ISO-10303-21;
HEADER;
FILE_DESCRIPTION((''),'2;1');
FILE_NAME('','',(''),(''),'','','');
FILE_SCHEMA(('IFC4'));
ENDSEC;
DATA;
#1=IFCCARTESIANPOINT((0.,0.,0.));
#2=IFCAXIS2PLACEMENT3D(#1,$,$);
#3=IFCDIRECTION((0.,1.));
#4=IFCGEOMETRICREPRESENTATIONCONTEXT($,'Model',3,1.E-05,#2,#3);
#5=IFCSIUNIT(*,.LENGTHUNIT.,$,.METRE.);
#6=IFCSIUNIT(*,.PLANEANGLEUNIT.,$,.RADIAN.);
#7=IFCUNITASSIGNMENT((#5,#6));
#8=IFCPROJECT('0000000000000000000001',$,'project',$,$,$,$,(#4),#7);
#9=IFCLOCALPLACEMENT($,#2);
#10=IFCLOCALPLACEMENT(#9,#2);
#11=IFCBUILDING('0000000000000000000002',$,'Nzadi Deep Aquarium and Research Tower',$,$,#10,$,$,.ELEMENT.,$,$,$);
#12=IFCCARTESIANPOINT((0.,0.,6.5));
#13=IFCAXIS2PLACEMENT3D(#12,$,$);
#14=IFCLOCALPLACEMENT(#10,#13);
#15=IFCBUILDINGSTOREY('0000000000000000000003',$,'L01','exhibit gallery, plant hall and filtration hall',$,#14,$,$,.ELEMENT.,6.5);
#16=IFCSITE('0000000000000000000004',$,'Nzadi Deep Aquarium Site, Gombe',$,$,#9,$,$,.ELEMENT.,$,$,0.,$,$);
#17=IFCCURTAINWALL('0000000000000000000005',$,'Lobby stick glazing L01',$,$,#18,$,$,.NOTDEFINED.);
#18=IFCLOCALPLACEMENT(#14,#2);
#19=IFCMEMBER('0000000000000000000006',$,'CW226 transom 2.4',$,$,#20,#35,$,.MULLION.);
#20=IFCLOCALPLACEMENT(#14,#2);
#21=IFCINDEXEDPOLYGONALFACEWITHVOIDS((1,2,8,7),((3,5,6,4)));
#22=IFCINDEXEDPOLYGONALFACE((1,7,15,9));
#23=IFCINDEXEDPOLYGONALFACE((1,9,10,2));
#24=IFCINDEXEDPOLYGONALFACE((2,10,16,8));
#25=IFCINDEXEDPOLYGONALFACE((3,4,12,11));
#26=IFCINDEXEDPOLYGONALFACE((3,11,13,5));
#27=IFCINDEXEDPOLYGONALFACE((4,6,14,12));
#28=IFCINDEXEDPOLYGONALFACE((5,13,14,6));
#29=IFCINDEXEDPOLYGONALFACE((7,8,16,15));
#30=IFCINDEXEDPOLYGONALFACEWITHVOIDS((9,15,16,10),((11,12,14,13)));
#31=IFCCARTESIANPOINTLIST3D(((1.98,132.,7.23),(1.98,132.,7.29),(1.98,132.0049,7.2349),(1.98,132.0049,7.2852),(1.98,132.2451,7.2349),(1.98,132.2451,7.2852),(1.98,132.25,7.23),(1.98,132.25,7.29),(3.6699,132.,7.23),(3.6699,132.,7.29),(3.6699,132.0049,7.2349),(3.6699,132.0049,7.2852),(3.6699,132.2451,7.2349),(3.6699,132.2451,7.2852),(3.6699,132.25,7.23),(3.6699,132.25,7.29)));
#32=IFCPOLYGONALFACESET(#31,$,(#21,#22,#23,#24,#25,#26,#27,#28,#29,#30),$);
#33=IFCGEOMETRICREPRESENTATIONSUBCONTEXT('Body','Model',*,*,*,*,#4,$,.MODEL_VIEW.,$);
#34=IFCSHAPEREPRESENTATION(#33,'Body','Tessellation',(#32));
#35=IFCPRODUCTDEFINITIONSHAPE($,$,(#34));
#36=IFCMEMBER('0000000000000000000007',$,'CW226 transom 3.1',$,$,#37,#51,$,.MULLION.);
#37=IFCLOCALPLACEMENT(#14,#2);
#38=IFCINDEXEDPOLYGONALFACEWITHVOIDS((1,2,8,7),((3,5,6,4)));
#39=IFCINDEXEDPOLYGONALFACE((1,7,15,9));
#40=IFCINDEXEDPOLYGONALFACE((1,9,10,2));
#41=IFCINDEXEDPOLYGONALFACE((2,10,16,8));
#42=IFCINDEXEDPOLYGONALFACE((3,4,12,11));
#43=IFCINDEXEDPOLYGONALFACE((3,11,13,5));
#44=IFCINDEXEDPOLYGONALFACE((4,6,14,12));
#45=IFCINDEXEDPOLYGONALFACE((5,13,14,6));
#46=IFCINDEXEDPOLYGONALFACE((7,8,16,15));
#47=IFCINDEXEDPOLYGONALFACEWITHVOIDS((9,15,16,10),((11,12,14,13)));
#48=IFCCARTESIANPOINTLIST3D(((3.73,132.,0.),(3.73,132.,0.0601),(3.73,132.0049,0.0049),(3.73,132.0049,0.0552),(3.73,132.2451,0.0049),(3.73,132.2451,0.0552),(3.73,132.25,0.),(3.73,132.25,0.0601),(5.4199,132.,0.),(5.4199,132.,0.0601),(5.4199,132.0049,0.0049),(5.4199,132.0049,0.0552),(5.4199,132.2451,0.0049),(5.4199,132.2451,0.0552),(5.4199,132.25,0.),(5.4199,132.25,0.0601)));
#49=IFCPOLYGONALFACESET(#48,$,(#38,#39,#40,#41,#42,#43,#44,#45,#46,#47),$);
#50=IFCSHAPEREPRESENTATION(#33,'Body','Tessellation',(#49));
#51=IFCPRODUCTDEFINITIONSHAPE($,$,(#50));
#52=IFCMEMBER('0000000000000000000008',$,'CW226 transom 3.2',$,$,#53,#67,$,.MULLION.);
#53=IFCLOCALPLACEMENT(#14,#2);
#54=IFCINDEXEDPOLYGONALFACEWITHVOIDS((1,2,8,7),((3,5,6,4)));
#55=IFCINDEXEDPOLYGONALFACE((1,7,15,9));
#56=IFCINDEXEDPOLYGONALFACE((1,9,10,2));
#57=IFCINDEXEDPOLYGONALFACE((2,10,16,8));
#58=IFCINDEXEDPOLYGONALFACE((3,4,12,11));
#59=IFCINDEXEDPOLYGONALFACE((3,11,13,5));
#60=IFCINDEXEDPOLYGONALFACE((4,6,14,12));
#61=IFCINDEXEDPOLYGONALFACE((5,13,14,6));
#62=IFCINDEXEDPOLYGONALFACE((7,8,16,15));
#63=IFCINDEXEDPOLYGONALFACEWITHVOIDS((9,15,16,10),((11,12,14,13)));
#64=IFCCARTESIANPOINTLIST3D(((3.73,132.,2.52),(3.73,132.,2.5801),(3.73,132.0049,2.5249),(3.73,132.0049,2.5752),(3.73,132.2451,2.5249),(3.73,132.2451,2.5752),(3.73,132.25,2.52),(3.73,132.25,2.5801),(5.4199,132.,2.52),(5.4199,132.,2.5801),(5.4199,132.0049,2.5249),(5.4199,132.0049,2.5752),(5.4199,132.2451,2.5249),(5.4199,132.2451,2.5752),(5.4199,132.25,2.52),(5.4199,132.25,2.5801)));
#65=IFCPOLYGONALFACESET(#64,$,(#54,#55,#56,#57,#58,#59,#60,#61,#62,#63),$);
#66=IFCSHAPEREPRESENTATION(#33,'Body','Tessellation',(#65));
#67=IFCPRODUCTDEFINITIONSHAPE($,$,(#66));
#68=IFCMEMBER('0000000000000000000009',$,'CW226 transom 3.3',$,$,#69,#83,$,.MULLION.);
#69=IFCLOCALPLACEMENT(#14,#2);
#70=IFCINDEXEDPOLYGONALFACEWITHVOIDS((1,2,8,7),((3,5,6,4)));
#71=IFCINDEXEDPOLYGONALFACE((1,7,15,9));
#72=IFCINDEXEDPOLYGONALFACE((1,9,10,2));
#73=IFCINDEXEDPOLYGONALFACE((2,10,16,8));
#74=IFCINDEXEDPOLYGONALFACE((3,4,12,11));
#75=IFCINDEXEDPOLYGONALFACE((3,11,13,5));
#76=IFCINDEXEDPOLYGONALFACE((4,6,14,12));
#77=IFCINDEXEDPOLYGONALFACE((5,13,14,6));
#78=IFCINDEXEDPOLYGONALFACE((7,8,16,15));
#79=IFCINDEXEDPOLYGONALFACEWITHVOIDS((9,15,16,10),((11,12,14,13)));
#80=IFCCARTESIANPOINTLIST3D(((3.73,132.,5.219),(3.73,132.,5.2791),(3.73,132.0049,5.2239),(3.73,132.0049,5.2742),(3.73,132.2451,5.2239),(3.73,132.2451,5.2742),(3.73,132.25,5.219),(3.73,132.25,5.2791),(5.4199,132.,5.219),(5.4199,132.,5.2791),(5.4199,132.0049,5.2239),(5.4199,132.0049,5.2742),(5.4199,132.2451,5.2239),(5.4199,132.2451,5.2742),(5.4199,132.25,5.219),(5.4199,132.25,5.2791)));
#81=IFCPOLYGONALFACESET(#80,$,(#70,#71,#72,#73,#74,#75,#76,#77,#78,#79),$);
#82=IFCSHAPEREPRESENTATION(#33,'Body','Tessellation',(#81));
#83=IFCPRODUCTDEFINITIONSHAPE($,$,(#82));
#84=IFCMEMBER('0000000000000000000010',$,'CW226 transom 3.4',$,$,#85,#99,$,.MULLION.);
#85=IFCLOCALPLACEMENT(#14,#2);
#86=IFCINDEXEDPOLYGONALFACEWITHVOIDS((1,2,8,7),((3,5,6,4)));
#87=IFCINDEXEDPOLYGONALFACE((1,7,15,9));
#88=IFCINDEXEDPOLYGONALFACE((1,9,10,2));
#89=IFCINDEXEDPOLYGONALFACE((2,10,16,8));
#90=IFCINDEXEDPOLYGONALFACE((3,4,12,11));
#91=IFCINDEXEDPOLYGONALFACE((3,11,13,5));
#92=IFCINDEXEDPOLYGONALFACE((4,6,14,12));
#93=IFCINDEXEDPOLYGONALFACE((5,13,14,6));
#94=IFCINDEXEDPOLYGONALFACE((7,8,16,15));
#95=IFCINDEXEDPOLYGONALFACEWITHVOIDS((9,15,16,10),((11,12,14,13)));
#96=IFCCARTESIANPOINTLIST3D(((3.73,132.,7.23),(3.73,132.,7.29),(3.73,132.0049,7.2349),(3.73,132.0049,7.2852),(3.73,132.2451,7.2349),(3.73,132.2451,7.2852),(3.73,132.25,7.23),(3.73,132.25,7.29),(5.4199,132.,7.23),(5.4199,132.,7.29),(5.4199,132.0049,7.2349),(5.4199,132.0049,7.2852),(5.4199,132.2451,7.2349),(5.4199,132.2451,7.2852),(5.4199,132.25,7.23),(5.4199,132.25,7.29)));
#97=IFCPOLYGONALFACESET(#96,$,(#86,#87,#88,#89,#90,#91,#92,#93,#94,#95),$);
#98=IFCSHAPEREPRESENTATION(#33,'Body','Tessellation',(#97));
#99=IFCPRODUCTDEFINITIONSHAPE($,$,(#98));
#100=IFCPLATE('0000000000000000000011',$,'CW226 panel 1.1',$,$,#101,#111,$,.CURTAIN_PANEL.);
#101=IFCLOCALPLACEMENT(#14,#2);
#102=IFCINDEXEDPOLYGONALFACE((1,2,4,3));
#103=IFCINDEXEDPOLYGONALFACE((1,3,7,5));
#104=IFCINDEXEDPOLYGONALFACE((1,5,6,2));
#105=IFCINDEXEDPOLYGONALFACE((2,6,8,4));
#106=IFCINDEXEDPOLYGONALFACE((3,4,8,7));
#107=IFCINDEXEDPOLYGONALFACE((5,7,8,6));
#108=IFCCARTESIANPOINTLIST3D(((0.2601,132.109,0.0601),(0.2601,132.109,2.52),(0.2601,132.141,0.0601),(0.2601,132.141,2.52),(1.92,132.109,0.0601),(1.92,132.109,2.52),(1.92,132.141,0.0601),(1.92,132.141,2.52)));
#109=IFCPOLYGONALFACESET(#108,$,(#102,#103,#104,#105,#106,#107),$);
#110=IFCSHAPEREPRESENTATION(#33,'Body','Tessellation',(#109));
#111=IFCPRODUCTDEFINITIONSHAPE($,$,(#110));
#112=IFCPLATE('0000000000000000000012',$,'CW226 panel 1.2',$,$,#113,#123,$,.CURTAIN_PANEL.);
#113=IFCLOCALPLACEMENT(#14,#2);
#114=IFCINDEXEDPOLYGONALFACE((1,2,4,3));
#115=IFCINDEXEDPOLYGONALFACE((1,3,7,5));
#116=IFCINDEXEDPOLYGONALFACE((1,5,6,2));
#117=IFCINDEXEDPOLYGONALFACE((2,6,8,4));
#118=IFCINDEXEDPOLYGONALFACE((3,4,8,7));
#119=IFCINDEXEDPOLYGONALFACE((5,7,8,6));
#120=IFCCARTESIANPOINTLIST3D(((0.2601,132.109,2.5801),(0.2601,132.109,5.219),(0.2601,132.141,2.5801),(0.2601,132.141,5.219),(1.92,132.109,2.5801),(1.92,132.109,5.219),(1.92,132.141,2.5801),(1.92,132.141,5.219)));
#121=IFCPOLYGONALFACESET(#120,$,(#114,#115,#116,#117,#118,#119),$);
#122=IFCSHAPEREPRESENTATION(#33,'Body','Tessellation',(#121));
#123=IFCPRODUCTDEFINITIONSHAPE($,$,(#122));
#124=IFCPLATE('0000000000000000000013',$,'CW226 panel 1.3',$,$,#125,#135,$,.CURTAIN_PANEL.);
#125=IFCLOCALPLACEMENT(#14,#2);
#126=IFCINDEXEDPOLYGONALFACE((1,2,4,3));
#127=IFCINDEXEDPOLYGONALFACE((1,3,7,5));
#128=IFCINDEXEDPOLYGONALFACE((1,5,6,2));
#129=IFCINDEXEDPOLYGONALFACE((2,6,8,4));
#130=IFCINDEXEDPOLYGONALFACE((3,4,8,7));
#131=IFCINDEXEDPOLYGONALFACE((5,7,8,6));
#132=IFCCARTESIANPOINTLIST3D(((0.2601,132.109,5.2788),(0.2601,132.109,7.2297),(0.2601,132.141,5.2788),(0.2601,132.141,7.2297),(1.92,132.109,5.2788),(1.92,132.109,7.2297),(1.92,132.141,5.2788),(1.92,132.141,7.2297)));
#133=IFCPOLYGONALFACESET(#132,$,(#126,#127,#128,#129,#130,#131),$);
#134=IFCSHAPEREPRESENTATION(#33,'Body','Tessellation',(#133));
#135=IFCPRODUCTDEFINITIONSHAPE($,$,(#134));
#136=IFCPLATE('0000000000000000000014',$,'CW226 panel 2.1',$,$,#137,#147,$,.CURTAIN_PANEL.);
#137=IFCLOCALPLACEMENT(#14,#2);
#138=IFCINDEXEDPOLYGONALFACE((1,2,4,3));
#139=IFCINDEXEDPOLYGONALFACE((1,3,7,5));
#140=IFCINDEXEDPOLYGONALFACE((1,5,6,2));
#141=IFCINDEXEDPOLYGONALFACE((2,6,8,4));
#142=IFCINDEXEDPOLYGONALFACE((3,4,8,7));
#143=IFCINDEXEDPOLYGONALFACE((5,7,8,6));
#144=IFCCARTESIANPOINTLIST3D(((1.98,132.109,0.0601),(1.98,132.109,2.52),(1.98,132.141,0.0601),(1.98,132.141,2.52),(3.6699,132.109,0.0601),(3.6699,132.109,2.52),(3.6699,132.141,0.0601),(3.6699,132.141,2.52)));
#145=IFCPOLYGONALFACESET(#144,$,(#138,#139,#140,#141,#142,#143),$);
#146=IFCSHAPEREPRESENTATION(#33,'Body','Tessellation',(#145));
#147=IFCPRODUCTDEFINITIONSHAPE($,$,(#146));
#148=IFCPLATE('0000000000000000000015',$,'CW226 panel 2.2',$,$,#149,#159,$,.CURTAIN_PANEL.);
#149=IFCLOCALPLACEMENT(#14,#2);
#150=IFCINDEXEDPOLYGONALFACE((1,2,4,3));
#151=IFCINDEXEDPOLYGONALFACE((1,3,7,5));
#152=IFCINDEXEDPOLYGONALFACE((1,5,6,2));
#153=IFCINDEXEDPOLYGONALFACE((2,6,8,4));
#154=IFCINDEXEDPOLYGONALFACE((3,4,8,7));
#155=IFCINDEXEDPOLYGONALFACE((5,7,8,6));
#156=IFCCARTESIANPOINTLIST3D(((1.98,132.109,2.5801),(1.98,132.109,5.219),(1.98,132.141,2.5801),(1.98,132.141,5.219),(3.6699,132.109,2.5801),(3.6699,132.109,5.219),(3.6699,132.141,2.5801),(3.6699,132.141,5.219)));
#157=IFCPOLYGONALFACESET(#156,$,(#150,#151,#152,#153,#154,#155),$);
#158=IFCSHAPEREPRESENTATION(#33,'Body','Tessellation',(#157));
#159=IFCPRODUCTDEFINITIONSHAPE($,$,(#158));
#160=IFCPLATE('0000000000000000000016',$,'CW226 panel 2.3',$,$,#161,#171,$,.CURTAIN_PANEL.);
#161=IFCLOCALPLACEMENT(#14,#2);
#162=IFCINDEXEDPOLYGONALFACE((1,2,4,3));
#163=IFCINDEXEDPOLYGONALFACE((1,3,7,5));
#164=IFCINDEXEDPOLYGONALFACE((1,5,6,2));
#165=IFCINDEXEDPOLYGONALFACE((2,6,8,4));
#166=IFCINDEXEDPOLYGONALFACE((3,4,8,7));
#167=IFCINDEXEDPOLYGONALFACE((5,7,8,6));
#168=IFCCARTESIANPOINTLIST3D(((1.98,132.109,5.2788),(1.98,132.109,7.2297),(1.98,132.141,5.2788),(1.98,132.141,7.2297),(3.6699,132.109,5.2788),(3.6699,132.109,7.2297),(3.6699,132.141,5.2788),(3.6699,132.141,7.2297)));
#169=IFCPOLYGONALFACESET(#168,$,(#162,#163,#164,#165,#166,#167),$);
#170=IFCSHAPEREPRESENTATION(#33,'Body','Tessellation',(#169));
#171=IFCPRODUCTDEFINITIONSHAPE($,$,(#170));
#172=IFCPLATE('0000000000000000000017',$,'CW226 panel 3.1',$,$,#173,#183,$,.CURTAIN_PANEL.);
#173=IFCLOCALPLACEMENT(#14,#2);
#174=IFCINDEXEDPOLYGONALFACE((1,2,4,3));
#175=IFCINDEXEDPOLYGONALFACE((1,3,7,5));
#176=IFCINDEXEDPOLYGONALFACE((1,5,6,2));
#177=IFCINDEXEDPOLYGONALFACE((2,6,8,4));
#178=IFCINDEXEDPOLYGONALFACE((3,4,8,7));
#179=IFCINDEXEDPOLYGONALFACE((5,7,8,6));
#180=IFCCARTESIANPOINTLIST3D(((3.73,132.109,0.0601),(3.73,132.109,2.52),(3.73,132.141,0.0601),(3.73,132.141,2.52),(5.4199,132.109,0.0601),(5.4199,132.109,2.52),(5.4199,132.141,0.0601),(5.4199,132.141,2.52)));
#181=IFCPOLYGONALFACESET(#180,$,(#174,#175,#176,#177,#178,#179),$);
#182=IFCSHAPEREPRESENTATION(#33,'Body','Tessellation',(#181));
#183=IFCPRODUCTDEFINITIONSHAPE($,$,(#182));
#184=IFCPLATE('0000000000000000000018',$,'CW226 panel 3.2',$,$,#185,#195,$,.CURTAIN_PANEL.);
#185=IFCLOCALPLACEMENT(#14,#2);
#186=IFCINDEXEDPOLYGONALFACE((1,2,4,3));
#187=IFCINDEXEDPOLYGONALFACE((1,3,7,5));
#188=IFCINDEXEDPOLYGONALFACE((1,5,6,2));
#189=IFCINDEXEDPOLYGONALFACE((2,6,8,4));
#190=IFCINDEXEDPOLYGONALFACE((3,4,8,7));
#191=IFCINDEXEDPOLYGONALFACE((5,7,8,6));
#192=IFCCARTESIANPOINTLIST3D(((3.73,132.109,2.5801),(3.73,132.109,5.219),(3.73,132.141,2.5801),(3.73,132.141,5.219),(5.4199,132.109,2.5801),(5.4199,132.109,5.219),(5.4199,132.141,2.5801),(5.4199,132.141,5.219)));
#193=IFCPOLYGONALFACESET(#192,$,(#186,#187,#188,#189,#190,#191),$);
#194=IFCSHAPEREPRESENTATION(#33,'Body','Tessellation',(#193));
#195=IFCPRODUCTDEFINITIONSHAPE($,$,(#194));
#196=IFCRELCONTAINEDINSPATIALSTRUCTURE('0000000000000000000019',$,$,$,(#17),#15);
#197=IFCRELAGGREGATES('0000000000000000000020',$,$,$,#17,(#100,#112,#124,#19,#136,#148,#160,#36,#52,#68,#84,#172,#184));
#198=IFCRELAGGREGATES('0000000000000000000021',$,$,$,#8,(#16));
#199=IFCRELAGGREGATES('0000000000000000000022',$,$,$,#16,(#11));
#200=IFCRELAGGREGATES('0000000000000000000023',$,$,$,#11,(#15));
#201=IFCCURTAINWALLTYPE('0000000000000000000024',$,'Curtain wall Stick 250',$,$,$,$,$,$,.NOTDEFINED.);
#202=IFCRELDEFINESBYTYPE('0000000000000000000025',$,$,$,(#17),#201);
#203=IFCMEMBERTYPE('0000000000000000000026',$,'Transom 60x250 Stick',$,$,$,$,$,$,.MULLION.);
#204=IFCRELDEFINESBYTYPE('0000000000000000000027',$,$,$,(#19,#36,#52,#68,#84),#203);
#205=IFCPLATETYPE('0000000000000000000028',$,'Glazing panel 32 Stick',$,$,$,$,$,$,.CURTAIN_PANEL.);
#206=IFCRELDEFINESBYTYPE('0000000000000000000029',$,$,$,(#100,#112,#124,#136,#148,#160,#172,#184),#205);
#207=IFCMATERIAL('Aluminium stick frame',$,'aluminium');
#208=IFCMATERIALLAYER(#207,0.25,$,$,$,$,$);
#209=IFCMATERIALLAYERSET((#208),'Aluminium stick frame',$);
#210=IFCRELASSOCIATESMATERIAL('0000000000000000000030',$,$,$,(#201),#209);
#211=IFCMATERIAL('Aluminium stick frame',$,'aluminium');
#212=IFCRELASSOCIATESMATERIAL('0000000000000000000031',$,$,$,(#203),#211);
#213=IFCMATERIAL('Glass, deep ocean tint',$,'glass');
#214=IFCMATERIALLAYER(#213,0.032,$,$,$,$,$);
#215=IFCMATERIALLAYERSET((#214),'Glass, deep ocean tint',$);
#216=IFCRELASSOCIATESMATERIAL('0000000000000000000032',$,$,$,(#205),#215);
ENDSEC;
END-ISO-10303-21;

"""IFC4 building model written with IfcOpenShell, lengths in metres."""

from ifc_helpers import new_model, si_unit, direction, frame, origin, origin_2d, place, context, subcontext, project, spatial, rectangle, hollow_rectangle, extrude, material, layer, layer_set, material_profile, profile_set, type_object, element, aggregate, save


model = new_model("IFC4")

# Units and contexts
model_context = context("Model", 3, precision=1e-05, world=origin(), true_north=direction((0.0, 1.0)))
body_context = subcontext(model_context, "Body", "Model", "MODEL_VIEW")
ifc_project = project(units=[si_unit("LENGTHUNIT", "METRE"), si_unit("PLANEANGLEUNIT", "RADIAN")], contexts=[model_context])

# Site, building, storey
site_placement = place(None, origin())
site = spatial("IfcSite", under=ifc_project, at=site_placement, Name="Nzadi Deep Aquarium Site, Gombe", CompositionType="ELEMENT", RefElevation=0.0)
building_placement = place(site_placement, origin())
building = spatial("IfcBuilding", under=site, at=building_placement, Name="Nzadi Deep Aquarium and Research Tower", CompositionType="ELEMENT")
storey_placement = place(building_placement, frame((0.0, 0.0, 6.5)))
storey = spatial("IfcBuildingStorey", under=building, at=storey_placement, Name="L01", Description="exhibit gallery, plant hall and filtration hall", CompositionType="ELEMENT", Elevation=6.5)

# Curtain wall
ifc_material_1 = material(Name="Aluminium stick frame", Category="aluminium")
ifc_layer_1 = layer(ifc_material_1, 0.25)
ifc_layer_set_1 = layer_set([ifc_layer_1], Name="Aluminium stick frame")
curtain_wall_type = type_object("IfcCurtainWallType", Name="Curtain wall Stick 250", PredefinedType="NOTDEFINED", material=ifc_layer_set_1)
curtain_wall_placement = place(storey_placement, origin())
curtain_wall = element("IfcCurtainWall", 1, at=curtain_wall_placement, inside=storey, type_object=curtain_wall_type, Name="Lobby stick glazing L01", PredefinedType="NOTDEFINED")

# Members
ifc_material_2 = material(Name="Aluminium stick frame", Category="aluminium")
ifc_material_profile_1 = material_profile(ifc_material_2, hollow_rectangle(XDim=0.25, YDim=0.0601, WallThickness=0.0049, at=origin_2d()))
ifc_profile_set_1 = profile_set([ifc_material_profile_1], Name="Aluminium stick frame")
member_type_1 = type_object("IfcMemberType", Name="Transom 60x250 Stick", PredefinedType="MULLION", material=ifc_profile_set_1)
member_1_placement = place(storey_placement, frame((1.98, 132.125, 7.26), z_axis=(1.0, 0.0, 0.0), x_axis=(0.0, 1.0, 0.0)))
member_1 = element("IfcMember", 2, at=member_1_placement, type_object=member_type_1, Name="CW226 transom 2.4", PredefinedType="MULLION", context=body_context, shape_type="SweptSolid", body=[
    extrude(hollow_rectangle(XDim=0.25, YDim=0.0601, WallThickness=0.0049, at=origin_2d()), origin(), (0.0, 0.0, 1.0), 1.6899),
])
member_2_placement = place(storey_placement, frame((3.73, 132.125, 0.03), z_axis=(1.0, 0.0, 0.0), x_axis=(0.0, 1.0, 0.0)))
member_2 = element("IfcMember", 3, at=member_2_placement, type_object=member_type_1, Name="CW226 transom 3.1", PredefinedType="MULLION", context=body_context, shape_type="SweptSolid", body=[
    extrude(hollow_rectangle(XDim=0.25, YDim=0.0601, WallThickness=0.0049, at=origin_2d()), origin(), (0.0, 0.0, 1.0), 1.6899),
])
member_3_placement = place(storey_placement, frame((3.73, 132.125, 2.55), z_axis=(1.0, 0.0, 0.0), x_axis=(0.0, 1.0, 0.0)))
member_3 = element("IfcMember", 4, at=member_3_placement, type_object=member_type_1, Name="CW226 transom 3.2", PredefinedType="MULLION", context=body_context, shape_type="SweptSolid", body=[
    extrude(hollow_rectangle(XDim=0.25, YDim=0.0601, WallThickness=0.0049, at=origin_2d()), origin(), (0.0, 0.0, 1.0), 1.6899),
])
member_4_placement = place(storey_placement, frame((3.73, 132.125, 5.249), z_axis=(1.0, 0.0, 0.0), x_axis=(0.0, 1.0, 0.0)))
member_4 = element("IfcMember", 5, at=member_4_placement, type_object=member_type_1, Name="CW226 transom 3.3", PredefinedType="MULLION", context=body_context, shape_type="SweptSolid", body=[
    extrude(hollow_rectangle(XDim=0.25, YDim=0.0601, WallThickness=0.0049, at=origin_2d()), origin(), (0.0, 0.0, 1.0), 1.6899),
])
member_5_placement = place(storey_placement, frame((3.73, 132.125, 7.26), z_axis=(1.0, 0.0, 0.0), x_axis=(0.0, 1.0, 0.0)))
member_5 = element("IfcMember", 6, at=member_5_placement, type_object=member_type_1, Name="CW226 transom 3.4", PredefinedType="MULLION", context=body_context, shape_type="SweptSolid", body=[
    extrude(hollow_rectangle(XDim=0.25, YDim=0.0601, WallThickness=0.0049, at=origin_2d()), origin(), (0.0, 0.0, 1.0), 1.6899),
])

# Plates
ifc_material_3 = material(Name="Glass, deep ocean tint", Category="glass")
ifc_layer_2 = layer(ifc_material_3, 0.032)
ifc_layer_set_2 = layer_set([ifc_layer_2], Name="Glass, deep ocean tint")
plate_type = type_object("IfcPlateType", Name="Glazing panel 32 Stick", PredefinedType="CURTAIN_PANEL", material=ifc_layer_set_2)
plate_1_placement = place(storey_placement, frame((1.0901, 132.125, 0.0601), z_axis=(0.0, 0.0, 1.0), x_axis=(1.0, 0.0, 0.0)))
plate_1 = element("IfcPlate", 7, at=plate_1_placement, type_object=plate_type, Name="CW226 panel 1.1", PredefinedType="CURTAIN_PANEL", context=body_context, shape_type="SweptSolid", body=[
    extrude(rectangle(XDim=1.6599, YDim=0.032, at=origin_2d()), origin(), (0.0, 0.0, 1.0), 2.46),
])
plate_2_placement = place(storey_placement, frame((1.0901, 132.125, 2.5801), z_axis=(0.0, 0.0, 1.0), x_axis=(1.0, 0.0, 0.0)))
plate_2 = element("IfcPlate", 8, at=plate_2_placement, type_object=plate_type, Name="CW226 panel 1.2", PredefinedType="CURTAIN_PANEL", context=body_context, shape_type="SweptSolid", body=[
    extrude(rectangle(XDim=1.6599, YDim=0.032, at=origin_2d()), origin(), (0.0, 0.0, 1.0), 2.6389),
])
plate_3_placement = place(storey_placement, frame((1.0901, 132.125, 5.2788), z_axis=(0.0, 0.0, 1.0), x_axis=(1.0, 0.0, 0.0)))
plate_3 = element("IfcPlate", 9, at=plate_3_placement, type_object=plate_type, Name="CW226 panel 1.3", PredefinedType="CURTAIN_PANEL", context=body_context, shape_type="SweptSolid", body=[
    extrude(rectangle(XDim=1.6599, YDim=0.032, at=origin_2d()), origin(), (0.0, 0.0, 1.0), 1.9509),
])
plate_4_placement = place(storey_placement, frame((2.825, 132.125, 0.0601), z_axis=(0.0, 0.0, 1.0), x_axis=(1.0, 0.0, 0.0)))
plate_4 = element("IfcPlate", 10, at=plate_4_placement, type_object=plate_type, Name="CW226 panel 2.1", PredefinedType="CURTAIN_PANEL", context=body_context, shape_type="SweptSolid", body=[
    extrude(rectangle(XDim=1.6899, YDim=0.032, at=origin_2d()), origin(), (0.0, 0.0, 1.0), 2.46),
])
plate_5_placement = place(storey_placement, frame((2.825, 132.125, 2.5801), z_axis=(0.0, 0.0, 1.0), x_axis=(1.0, 0.0, 0.0)))
plate_5 = element("IfcPlate", 11, at=plate_5_placement, type_object=plate_type, Name="CW226 panel 2.2", PredefinedType="CURTAIN_PANEL", context=body_context, shape_type="SweptSolid", body=[
    extrude(rectangle(XDim=1.6899, YDim=0.032, at=origin_2d()), origin(), (0.0, 0.0, 1.0), 2.6389),
])
plate_6_placement = place(storey_placement, frame((2.825, 132.125, 5.2788), z_axis=(0.0, 0.0, 1.0), x_axis=(1.0, 0.0, 0.0)))
plate_6 = element("IfcPlate", 12, at=plate_6_placement, type_object=plate_type, Name="CW226 panel 2.3", PredefinedType="CURTAIN_PANEL", context=body_context, shape_type="SweptSolid", body=[
    extrude(rectangle(XDim=1.6899, YDim=0.032, at=origin_2d()), origin(), (0.0, 0.0, 1.0), 1.9509),
])
plate_7_placement = place(storey_placement, frame((4.575, 132.125, 0.0601), z_axis=(0.0, 0.0, 1.0), x_axis=(1.0, 0.0, 0.0)))
plate_7 = element("IfcPlate", 13, at=plate_7_placement, type_object=plate_type, Name="CW226 panel 3.1", PredefinedType="CURTAIN_PANEL", context=body_context, shape_type="SweptSolid", body=[
    extrude(rectangle(XDim=1.6899, YDim=0.032, at=origin_2d()), origin(), (0.0, 0.0, 1.0), 2.46),
])
plate_8_placement = place(storey_placement, frame((4.575, 132.125, 2.5801), z_axis=(0.0, 0.0, 1.0), x_axis=(1.0, 0.0, 0.0)))
plate_8 = element("IfcPlate", 14, at=plate_8_placement, type_object=plate_type, Name="CW226 panel 3.2", PredefinedType="CURTAIN_PANEL", context=body_context, shape_type="SweptSolid", body=[
    extrude(rectangle(XDim=1.6899, YDim=0.032, at=origin_2d()), origin(), (0.0, 0.0, 1.0), 2.6389),
])
aggregate(curtain_wall, [plate_1, plate_2, plate_3, member_1, plate_4, plate_5, plate_6, member_2, member_3, member_4, member_5, plate_7, plate_8])

save(model, "model.ifc")
